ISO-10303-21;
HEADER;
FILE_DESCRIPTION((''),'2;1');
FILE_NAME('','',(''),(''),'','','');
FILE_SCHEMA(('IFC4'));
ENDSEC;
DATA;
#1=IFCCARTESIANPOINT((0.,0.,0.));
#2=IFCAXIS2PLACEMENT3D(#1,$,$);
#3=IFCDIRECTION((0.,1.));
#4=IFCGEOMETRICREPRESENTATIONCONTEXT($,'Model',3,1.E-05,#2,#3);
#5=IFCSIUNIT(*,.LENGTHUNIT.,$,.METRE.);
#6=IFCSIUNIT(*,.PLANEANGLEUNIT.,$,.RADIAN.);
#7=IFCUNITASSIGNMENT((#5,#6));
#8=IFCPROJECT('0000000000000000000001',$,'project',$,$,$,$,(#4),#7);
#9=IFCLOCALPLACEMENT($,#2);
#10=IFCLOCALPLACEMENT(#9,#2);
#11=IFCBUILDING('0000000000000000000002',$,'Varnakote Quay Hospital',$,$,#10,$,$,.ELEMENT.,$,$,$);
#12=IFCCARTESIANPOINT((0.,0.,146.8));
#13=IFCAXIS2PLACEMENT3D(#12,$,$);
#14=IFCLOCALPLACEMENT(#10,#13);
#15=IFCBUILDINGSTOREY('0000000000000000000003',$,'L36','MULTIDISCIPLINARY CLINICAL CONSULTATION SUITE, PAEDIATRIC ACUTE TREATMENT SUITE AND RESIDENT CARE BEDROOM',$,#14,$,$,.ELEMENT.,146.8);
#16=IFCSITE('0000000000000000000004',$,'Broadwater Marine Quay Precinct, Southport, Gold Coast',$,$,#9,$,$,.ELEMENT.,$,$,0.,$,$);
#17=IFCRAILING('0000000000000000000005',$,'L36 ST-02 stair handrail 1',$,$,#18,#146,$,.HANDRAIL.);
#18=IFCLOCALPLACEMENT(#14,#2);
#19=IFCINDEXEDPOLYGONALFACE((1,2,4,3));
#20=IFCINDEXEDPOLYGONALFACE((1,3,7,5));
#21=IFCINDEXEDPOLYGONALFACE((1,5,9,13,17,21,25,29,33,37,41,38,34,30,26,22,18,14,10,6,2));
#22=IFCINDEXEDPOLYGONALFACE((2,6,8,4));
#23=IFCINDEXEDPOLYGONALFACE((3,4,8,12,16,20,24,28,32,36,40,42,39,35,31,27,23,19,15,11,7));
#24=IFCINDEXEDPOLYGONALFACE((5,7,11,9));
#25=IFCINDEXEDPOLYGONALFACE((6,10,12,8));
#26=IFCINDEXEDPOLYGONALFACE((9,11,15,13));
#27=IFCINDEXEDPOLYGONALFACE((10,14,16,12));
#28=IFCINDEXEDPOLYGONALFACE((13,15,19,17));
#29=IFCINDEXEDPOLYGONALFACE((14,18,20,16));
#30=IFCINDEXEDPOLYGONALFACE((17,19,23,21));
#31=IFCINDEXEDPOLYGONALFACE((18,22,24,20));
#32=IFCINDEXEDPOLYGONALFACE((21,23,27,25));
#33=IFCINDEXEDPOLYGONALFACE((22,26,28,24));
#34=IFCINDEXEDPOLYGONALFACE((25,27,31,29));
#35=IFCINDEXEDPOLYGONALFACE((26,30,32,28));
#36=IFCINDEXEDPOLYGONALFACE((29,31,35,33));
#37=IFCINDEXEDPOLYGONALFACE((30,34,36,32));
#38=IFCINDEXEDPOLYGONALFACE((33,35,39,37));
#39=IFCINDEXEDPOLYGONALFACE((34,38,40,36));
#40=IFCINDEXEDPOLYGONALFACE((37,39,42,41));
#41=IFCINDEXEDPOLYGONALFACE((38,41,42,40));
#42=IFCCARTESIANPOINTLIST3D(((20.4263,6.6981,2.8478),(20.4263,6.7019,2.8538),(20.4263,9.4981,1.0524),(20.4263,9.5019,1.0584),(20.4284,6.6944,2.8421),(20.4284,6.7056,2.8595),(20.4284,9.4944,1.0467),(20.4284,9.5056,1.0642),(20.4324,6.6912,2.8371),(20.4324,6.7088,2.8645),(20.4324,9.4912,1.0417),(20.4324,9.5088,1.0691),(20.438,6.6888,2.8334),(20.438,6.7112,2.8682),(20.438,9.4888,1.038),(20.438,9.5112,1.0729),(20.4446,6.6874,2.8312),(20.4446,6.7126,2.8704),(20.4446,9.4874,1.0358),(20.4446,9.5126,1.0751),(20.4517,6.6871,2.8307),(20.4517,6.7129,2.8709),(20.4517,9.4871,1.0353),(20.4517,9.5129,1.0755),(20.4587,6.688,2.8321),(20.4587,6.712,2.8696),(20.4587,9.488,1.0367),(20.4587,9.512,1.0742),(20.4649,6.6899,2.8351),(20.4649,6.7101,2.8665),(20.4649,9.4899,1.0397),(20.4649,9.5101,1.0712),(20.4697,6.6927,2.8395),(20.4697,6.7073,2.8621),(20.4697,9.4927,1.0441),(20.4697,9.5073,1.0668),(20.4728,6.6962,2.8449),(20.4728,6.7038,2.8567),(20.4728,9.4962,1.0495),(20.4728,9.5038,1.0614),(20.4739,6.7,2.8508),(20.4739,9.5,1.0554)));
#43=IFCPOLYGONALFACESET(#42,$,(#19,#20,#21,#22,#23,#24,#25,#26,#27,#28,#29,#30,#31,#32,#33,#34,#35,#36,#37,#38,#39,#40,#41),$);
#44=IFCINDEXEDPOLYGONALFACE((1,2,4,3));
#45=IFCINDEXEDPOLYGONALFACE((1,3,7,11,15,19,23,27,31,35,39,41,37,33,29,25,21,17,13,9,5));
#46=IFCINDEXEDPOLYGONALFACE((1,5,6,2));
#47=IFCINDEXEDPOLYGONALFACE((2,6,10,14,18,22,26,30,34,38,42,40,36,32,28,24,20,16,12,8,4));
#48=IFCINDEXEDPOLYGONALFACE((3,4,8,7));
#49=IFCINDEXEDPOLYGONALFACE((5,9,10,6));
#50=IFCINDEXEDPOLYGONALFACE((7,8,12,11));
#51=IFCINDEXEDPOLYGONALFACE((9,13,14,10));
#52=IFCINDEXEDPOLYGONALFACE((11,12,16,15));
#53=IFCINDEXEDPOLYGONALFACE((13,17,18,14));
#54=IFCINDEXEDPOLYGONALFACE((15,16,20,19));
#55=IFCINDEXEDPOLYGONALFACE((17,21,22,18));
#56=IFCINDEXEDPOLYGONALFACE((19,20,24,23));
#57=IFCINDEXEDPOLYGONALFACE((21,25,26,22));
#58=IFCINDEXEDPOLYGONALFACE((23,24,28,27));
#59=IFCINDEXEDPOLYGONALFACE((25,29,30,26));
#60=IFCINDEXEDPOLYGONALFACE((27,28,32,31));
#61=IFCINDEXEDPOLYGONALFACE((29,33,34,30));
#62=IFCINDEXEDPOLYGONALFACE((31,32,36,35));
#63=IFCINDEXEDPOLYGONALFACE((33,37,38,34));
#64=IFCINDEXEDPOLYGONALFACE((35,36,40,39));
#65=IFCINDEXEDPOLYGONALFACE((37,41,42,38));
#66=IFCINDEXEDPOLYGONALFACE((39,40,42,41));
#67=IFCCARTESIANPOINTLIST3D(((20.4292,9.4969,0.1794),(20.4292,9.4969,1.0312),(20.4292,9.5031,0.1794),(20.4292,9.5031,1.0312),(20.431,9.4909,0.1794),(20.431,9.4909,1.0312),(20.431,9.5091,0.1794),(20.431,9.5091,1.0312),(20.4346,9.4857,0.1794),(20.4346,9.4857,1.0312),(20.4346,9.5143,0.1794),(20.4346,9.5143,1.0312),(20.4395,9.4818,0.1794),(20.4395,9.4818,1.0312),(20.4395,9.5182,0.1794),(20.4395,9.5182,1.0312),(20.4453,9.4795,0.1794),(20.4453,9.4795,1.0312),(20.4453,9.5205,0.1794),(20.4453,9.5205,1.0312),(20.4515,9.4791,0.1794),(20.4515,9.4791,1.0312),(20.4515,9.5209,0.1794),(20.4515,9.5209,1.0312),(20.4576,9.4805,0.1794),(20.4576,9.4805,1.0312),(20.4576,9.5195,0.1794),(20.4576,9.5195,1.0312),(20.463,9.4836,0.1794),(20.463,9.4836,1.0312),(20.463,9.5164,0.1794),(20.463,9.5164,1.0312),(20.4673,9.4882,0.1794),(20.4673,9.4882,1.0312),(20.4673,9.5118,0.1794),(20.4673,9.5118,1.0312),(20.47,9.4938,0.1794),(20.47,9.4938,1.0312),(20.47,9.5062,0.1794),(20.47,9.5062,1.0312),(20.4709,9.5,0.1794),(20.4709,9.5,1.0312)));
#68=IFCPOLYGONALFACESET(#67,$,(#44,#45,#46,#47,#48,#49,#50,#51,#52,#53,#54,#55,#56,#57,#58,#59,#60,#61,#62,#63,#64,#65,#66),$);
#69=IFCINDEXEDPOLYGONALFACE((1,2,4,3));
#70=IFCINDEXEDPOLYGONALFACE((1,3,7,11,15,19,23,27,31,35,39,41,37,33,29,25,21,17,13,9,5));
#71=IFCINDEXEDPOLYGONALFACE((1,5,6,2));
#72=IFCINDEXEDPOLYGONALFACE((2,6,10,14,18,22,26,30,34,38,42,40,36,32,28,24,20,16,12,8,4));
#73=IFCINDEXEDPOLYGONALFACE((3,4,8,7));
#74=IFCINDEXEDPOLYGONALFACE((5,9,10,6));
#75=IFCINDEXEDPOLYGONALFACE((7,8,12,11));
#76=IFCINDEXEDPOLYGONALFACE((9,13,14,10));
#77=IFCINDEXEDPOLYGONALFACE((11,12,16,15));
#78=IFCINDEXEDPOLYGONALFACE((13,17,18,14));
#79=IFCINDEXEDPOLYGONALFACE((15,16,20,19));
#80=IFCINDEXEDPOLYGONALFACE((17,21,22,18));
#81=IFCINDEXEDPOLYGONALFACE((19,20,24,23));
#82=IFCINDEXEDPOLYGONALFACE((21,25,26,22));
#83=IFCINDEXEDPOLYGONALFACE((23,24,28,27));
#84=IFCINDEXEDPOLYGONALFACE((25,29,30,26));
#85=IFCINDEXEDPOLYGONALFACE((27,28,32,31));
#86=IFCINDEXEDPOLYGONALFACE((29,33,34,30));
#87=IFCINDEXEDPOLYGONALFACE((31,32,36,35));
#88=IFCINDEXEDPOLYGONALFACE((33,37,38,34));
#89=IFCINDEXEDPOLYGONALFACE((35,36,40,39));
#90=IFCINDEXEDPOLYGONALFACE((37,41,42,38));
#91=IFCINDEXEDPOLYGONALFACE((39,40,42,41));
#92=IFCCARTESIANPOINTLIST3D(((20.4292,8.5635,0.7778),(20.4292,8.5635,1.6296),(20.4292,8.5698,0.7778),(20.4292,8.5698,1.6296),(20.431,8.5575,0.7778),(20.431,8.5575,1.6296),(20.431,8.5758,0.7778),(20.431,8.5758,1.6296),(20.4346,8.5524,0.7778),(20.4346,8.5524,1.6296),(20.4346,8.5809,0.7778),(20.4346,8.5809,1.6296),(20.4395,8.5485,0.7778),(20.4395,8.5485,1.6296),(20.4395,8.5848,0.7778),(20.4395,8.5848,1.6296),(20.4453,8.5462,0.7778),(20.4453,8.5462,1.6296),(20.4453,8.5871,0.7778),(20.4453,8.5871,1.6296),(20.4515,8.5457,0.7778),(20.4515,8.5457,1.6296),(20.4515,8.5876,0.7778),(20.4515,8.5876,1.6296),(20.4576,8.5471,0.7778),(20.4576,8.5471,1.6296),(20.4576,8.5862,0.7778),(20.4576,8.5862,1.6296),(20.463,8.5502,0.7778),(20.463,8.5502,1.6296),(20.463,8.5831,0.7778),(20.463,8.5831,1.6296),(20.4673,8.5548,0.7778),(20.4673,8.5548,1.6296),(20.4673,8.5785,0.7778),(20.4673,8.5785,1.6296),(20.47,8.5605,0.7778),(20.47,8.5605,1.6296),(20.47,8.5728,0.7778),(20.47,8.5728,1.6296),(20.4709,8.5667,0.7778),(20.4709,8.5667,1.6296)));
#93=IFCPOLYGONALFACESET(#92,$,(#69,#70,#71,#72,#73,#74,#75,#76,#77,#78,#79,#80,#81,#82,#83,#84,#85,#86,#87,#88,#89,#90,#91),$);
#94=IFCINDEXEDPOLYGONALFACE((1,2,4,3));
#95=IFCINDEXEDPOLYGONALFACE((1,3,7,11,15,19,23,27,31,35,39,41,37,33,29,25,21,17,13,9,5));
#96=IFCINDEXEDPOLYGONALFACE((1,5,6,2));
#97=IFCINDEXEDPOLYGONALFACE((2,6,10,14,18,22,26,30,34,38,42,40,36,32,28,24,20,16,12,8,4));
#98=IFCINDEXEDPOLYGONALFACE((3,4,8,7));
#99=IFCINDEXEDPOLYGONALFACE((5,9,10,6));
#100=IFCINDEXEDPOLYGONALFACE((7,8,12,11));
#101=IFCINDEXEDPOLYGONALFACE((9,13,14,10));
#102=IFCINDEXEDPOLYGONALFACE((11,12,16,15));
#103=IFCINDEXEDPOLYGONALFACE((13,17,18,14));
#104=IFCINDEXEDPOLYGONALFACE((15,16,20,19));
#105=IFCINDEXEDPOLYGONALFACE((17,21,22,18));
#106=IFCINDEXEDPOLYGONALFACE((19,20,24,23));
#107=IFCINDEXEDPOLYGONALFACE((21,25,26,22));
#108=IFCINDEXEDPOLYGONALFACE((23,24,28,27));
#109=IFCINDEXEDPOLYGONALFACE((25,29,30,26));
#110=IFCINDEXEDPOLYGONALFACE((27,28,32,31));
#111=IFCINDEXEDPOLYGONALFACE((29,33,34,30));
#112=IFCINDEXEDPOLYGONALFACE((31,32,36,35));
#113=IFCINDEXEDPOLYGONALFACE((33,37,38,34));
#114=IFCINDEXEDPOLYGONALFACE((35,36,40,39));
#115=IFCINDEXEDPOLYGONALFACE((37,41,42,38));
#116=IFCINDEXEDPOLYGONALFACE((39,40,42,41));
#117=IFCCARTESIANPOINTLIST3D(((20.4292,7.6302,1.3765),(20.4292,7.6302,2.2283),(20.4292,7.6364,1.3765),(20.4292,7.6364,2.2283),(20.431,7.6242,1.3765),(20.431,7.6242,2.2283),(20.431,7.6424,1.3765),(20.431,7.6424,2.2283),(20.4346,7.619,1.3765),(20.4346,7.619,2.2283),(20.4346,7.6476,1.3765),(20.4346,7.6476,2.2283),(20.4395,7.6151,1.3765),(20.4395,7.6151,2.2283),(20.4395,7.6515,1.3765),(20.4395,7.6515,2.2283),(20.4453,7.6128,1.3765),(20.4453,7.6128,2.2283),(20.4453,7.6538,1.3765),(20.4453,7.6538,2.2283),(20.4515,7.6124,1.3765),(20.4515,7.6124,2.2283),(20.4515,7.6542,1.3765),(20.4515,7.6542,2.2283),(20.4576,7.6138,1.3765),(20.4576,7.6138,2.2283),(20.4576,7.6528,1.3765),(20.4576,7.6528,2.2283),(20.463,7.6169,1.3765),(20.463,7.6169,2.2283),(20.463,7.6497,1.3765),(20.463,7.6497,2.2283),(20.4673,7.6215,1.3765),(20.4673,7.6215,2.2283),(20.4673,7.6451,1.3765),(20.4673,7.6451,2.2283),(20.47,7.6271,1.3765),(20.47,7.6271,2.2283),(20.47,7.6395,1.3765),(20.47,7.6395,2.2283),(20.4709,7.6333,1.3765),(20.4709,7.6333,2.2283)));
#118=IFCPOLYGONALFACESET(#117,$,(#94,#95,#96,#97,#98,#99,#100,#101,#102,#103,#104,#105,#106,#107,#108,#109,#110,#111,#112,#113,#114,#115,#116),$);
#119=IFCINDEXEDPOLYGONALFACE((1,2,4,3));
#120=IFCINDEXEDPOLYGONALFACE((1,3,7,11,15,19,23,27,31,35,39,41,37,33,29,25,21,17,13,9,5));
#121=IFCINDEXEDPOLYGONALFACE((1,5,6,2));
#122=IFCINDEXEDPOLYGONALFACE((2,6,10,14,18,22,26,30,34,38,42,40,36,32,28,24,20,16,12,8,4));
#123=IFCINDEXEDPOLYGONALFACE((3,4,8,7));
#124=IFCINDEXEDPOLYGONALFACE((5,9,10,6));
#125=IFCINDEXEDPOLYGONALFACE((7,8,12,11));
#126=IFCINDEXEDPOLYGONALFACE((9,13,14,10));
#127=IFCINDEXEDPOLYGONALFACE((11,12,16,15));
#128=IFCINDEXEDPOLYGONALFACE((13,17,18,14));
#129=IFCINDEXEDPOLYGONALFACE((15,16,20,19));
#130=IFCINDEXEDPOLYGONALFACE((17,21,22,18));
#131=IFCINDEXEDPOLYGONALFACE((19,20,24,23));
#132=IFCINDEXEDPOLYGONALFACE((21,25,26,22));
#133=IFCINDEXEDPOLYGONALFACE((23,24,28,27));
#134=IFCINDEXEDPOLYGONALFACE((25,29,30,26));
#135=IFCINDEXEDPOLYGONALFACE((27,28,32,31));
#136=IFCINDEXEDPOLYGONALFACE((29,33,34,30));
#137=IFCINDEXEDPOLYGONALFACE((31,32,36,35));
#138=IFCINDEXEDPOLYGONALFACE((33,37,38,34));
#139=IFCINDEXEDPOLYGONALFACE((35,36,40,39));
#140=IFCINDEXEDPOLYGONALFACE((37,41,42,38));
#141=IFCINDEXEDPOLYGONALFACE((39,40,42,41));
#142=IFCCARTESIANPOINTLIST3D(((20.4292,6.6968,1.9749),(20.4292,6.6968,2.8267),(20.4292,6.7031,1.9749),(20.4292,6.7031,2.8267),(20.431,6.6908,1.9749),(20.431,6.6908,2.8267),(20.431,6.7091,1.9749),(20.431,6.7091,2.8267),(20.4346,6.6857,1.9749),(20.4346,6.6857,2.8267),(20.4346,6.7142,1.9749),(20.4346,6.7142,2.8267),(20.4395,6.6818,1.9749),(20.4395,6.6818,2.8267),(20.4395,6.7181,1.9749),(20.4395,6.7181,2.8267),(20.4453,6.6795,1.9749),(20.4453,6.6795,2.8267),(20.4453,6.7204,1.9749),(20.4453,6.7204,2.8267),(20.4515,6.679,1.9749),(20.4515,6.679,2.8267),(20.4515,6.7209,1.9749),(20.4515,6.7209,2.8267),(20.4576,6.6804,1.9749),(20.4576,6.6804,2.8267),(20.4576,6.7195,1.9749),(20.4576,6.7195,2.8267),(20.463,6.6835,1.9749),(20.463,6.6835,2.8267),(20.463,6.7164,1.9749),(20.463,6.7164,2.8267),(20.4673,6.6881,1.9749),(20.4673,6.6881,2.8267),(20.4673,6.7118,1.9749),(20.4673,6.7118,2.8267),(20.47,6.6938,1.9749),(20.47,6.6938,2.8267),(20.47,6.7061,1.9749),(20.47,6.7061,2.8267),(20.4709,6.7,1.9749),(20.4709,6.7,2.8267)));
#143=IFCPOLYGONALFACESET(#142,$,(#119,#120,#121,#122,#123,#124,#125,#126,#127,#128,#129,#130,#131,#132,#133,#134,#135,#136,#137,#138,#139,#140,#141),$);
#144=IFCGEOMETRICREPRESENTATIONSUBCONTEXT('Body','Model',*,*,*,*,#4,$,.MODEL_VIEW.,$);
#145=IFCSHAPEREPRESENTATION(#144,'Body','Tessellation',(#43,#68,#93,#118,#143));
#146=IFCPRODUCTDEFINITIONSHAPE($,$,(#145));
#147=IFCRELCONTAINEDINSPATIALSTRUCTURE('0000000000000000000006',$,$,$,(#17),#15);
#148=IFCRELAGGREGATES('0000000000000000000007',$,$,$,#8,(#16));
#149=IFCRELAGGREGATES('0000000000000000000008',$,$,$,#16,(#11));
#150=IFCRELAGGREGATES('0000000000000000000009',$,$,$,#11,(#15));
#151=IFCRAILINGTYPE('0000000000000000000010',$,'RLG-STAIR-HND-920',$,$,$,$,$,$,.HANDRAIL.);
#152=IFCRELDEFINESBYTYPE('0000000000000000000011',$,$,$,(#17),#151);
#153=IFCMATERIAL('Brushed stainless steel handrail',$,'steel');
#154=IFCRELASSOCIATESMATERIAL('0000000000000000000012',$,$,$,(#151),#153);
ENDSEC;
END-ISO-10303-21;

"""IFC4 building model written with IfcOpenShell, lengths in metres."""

from ifc_helpers import new_model, si_unit, direction, frame, origin, origin_2d, place, context, subcontext, project, spatial, circle, extrude, material, type_object, element, save


model = new_model("IFC4")

# Units and contexts
model_context = context("Model", 3, precision=1e-05, world=origin(), true_north=direction((0.0, 1.0)))
body_context = subcontext(model_context, "Body", "Model", "MODEL_VIEW")
ifc_project = project(units=[si_unit("LENGTHUNIT", "METRE"), si_unit("PLANEANGLEUNIT", "RADIAN")], contexts=[model_context])

# Site, building, storey
site_placement = place(None, origin())
site = spatial("IfcSite", under=ifc_project, at=site_placement, Name="Broadwater Marine Quay Precinct, Southport, Gold Coast", CompositionType="ELEMENT", RefElevation=0.0)
building_placement = place(site_placement, origin())
building = spatial("IfcBuilding", under=site, at=building_placement, Name="Varnakote Quay Hospital", CompositionType="ELEMENT")
storey_placement = place(building_placement, frame((0.0, 0.0, 146.8)))
storey = spatial("IfcBuildingStorey", under=building, at=storey_placement, Name="L36", Description="MULTIDISCIPLINARY CLINICAL CONSULTATION SUITE, PAEDIATRIC ACUTE TREATMENT SUITE AND RESIDENT CARE BEDROOM", CompositionType="ELEMENT", Elevation=146.8)

# Railing
ifc_material_1 = material(Name="Brushed stainless steel handrail", Category="steel")
railing_type = type_object("IfcRailingType", Name="RLG-STAIR-HND-920", PredefinedType="HANDRAIL", material=ifc_material_1)
railing_placement = place(storey_placement, frame((20.45, 9.5, 0.1794)))
element("IfcRailing", 1, at=railing_placement, inside=storey, type_object=railing_type, Name="L36 ST-02 stair handrail 1", PredefinedType="HANDRAIL", context=body_context, shape_type="SweptSolid", body=[
    extrude(circle(Radius=0.0239, at=origin_2d()), frame((0.0, 0.0, 0.876), z_axis=(0.0, -0.84181, 0.539774), x_axis=(1.0, 0.0, 0.0)), (0.0, 0.0, 1.0), 3.3262),
    extrude(circle(Radius=0.021, at=origin_2d()), origin(), (0.0, 0.0, 1.0), 0.8518),
    extrude(circle(Radius=0.021, at=origin_2d()), frame((0.0, -0.9333, 0.5984)), (0.0, 0.0, 1.0), 0.8518),
    extrude(circle(Radius=0.021, at=origin_2d()), frame((0.0, -1.8667, 1.197)), (0.0, 0.0, 1.0), 0.8518),
    extrude(circle(Radius=0.021, at=origin_2d()), frame((0.0, -2.8, 1.7954)), (0.0, 0.0, 1.0), 0.8518),
])

save(model, "model.ifc")
